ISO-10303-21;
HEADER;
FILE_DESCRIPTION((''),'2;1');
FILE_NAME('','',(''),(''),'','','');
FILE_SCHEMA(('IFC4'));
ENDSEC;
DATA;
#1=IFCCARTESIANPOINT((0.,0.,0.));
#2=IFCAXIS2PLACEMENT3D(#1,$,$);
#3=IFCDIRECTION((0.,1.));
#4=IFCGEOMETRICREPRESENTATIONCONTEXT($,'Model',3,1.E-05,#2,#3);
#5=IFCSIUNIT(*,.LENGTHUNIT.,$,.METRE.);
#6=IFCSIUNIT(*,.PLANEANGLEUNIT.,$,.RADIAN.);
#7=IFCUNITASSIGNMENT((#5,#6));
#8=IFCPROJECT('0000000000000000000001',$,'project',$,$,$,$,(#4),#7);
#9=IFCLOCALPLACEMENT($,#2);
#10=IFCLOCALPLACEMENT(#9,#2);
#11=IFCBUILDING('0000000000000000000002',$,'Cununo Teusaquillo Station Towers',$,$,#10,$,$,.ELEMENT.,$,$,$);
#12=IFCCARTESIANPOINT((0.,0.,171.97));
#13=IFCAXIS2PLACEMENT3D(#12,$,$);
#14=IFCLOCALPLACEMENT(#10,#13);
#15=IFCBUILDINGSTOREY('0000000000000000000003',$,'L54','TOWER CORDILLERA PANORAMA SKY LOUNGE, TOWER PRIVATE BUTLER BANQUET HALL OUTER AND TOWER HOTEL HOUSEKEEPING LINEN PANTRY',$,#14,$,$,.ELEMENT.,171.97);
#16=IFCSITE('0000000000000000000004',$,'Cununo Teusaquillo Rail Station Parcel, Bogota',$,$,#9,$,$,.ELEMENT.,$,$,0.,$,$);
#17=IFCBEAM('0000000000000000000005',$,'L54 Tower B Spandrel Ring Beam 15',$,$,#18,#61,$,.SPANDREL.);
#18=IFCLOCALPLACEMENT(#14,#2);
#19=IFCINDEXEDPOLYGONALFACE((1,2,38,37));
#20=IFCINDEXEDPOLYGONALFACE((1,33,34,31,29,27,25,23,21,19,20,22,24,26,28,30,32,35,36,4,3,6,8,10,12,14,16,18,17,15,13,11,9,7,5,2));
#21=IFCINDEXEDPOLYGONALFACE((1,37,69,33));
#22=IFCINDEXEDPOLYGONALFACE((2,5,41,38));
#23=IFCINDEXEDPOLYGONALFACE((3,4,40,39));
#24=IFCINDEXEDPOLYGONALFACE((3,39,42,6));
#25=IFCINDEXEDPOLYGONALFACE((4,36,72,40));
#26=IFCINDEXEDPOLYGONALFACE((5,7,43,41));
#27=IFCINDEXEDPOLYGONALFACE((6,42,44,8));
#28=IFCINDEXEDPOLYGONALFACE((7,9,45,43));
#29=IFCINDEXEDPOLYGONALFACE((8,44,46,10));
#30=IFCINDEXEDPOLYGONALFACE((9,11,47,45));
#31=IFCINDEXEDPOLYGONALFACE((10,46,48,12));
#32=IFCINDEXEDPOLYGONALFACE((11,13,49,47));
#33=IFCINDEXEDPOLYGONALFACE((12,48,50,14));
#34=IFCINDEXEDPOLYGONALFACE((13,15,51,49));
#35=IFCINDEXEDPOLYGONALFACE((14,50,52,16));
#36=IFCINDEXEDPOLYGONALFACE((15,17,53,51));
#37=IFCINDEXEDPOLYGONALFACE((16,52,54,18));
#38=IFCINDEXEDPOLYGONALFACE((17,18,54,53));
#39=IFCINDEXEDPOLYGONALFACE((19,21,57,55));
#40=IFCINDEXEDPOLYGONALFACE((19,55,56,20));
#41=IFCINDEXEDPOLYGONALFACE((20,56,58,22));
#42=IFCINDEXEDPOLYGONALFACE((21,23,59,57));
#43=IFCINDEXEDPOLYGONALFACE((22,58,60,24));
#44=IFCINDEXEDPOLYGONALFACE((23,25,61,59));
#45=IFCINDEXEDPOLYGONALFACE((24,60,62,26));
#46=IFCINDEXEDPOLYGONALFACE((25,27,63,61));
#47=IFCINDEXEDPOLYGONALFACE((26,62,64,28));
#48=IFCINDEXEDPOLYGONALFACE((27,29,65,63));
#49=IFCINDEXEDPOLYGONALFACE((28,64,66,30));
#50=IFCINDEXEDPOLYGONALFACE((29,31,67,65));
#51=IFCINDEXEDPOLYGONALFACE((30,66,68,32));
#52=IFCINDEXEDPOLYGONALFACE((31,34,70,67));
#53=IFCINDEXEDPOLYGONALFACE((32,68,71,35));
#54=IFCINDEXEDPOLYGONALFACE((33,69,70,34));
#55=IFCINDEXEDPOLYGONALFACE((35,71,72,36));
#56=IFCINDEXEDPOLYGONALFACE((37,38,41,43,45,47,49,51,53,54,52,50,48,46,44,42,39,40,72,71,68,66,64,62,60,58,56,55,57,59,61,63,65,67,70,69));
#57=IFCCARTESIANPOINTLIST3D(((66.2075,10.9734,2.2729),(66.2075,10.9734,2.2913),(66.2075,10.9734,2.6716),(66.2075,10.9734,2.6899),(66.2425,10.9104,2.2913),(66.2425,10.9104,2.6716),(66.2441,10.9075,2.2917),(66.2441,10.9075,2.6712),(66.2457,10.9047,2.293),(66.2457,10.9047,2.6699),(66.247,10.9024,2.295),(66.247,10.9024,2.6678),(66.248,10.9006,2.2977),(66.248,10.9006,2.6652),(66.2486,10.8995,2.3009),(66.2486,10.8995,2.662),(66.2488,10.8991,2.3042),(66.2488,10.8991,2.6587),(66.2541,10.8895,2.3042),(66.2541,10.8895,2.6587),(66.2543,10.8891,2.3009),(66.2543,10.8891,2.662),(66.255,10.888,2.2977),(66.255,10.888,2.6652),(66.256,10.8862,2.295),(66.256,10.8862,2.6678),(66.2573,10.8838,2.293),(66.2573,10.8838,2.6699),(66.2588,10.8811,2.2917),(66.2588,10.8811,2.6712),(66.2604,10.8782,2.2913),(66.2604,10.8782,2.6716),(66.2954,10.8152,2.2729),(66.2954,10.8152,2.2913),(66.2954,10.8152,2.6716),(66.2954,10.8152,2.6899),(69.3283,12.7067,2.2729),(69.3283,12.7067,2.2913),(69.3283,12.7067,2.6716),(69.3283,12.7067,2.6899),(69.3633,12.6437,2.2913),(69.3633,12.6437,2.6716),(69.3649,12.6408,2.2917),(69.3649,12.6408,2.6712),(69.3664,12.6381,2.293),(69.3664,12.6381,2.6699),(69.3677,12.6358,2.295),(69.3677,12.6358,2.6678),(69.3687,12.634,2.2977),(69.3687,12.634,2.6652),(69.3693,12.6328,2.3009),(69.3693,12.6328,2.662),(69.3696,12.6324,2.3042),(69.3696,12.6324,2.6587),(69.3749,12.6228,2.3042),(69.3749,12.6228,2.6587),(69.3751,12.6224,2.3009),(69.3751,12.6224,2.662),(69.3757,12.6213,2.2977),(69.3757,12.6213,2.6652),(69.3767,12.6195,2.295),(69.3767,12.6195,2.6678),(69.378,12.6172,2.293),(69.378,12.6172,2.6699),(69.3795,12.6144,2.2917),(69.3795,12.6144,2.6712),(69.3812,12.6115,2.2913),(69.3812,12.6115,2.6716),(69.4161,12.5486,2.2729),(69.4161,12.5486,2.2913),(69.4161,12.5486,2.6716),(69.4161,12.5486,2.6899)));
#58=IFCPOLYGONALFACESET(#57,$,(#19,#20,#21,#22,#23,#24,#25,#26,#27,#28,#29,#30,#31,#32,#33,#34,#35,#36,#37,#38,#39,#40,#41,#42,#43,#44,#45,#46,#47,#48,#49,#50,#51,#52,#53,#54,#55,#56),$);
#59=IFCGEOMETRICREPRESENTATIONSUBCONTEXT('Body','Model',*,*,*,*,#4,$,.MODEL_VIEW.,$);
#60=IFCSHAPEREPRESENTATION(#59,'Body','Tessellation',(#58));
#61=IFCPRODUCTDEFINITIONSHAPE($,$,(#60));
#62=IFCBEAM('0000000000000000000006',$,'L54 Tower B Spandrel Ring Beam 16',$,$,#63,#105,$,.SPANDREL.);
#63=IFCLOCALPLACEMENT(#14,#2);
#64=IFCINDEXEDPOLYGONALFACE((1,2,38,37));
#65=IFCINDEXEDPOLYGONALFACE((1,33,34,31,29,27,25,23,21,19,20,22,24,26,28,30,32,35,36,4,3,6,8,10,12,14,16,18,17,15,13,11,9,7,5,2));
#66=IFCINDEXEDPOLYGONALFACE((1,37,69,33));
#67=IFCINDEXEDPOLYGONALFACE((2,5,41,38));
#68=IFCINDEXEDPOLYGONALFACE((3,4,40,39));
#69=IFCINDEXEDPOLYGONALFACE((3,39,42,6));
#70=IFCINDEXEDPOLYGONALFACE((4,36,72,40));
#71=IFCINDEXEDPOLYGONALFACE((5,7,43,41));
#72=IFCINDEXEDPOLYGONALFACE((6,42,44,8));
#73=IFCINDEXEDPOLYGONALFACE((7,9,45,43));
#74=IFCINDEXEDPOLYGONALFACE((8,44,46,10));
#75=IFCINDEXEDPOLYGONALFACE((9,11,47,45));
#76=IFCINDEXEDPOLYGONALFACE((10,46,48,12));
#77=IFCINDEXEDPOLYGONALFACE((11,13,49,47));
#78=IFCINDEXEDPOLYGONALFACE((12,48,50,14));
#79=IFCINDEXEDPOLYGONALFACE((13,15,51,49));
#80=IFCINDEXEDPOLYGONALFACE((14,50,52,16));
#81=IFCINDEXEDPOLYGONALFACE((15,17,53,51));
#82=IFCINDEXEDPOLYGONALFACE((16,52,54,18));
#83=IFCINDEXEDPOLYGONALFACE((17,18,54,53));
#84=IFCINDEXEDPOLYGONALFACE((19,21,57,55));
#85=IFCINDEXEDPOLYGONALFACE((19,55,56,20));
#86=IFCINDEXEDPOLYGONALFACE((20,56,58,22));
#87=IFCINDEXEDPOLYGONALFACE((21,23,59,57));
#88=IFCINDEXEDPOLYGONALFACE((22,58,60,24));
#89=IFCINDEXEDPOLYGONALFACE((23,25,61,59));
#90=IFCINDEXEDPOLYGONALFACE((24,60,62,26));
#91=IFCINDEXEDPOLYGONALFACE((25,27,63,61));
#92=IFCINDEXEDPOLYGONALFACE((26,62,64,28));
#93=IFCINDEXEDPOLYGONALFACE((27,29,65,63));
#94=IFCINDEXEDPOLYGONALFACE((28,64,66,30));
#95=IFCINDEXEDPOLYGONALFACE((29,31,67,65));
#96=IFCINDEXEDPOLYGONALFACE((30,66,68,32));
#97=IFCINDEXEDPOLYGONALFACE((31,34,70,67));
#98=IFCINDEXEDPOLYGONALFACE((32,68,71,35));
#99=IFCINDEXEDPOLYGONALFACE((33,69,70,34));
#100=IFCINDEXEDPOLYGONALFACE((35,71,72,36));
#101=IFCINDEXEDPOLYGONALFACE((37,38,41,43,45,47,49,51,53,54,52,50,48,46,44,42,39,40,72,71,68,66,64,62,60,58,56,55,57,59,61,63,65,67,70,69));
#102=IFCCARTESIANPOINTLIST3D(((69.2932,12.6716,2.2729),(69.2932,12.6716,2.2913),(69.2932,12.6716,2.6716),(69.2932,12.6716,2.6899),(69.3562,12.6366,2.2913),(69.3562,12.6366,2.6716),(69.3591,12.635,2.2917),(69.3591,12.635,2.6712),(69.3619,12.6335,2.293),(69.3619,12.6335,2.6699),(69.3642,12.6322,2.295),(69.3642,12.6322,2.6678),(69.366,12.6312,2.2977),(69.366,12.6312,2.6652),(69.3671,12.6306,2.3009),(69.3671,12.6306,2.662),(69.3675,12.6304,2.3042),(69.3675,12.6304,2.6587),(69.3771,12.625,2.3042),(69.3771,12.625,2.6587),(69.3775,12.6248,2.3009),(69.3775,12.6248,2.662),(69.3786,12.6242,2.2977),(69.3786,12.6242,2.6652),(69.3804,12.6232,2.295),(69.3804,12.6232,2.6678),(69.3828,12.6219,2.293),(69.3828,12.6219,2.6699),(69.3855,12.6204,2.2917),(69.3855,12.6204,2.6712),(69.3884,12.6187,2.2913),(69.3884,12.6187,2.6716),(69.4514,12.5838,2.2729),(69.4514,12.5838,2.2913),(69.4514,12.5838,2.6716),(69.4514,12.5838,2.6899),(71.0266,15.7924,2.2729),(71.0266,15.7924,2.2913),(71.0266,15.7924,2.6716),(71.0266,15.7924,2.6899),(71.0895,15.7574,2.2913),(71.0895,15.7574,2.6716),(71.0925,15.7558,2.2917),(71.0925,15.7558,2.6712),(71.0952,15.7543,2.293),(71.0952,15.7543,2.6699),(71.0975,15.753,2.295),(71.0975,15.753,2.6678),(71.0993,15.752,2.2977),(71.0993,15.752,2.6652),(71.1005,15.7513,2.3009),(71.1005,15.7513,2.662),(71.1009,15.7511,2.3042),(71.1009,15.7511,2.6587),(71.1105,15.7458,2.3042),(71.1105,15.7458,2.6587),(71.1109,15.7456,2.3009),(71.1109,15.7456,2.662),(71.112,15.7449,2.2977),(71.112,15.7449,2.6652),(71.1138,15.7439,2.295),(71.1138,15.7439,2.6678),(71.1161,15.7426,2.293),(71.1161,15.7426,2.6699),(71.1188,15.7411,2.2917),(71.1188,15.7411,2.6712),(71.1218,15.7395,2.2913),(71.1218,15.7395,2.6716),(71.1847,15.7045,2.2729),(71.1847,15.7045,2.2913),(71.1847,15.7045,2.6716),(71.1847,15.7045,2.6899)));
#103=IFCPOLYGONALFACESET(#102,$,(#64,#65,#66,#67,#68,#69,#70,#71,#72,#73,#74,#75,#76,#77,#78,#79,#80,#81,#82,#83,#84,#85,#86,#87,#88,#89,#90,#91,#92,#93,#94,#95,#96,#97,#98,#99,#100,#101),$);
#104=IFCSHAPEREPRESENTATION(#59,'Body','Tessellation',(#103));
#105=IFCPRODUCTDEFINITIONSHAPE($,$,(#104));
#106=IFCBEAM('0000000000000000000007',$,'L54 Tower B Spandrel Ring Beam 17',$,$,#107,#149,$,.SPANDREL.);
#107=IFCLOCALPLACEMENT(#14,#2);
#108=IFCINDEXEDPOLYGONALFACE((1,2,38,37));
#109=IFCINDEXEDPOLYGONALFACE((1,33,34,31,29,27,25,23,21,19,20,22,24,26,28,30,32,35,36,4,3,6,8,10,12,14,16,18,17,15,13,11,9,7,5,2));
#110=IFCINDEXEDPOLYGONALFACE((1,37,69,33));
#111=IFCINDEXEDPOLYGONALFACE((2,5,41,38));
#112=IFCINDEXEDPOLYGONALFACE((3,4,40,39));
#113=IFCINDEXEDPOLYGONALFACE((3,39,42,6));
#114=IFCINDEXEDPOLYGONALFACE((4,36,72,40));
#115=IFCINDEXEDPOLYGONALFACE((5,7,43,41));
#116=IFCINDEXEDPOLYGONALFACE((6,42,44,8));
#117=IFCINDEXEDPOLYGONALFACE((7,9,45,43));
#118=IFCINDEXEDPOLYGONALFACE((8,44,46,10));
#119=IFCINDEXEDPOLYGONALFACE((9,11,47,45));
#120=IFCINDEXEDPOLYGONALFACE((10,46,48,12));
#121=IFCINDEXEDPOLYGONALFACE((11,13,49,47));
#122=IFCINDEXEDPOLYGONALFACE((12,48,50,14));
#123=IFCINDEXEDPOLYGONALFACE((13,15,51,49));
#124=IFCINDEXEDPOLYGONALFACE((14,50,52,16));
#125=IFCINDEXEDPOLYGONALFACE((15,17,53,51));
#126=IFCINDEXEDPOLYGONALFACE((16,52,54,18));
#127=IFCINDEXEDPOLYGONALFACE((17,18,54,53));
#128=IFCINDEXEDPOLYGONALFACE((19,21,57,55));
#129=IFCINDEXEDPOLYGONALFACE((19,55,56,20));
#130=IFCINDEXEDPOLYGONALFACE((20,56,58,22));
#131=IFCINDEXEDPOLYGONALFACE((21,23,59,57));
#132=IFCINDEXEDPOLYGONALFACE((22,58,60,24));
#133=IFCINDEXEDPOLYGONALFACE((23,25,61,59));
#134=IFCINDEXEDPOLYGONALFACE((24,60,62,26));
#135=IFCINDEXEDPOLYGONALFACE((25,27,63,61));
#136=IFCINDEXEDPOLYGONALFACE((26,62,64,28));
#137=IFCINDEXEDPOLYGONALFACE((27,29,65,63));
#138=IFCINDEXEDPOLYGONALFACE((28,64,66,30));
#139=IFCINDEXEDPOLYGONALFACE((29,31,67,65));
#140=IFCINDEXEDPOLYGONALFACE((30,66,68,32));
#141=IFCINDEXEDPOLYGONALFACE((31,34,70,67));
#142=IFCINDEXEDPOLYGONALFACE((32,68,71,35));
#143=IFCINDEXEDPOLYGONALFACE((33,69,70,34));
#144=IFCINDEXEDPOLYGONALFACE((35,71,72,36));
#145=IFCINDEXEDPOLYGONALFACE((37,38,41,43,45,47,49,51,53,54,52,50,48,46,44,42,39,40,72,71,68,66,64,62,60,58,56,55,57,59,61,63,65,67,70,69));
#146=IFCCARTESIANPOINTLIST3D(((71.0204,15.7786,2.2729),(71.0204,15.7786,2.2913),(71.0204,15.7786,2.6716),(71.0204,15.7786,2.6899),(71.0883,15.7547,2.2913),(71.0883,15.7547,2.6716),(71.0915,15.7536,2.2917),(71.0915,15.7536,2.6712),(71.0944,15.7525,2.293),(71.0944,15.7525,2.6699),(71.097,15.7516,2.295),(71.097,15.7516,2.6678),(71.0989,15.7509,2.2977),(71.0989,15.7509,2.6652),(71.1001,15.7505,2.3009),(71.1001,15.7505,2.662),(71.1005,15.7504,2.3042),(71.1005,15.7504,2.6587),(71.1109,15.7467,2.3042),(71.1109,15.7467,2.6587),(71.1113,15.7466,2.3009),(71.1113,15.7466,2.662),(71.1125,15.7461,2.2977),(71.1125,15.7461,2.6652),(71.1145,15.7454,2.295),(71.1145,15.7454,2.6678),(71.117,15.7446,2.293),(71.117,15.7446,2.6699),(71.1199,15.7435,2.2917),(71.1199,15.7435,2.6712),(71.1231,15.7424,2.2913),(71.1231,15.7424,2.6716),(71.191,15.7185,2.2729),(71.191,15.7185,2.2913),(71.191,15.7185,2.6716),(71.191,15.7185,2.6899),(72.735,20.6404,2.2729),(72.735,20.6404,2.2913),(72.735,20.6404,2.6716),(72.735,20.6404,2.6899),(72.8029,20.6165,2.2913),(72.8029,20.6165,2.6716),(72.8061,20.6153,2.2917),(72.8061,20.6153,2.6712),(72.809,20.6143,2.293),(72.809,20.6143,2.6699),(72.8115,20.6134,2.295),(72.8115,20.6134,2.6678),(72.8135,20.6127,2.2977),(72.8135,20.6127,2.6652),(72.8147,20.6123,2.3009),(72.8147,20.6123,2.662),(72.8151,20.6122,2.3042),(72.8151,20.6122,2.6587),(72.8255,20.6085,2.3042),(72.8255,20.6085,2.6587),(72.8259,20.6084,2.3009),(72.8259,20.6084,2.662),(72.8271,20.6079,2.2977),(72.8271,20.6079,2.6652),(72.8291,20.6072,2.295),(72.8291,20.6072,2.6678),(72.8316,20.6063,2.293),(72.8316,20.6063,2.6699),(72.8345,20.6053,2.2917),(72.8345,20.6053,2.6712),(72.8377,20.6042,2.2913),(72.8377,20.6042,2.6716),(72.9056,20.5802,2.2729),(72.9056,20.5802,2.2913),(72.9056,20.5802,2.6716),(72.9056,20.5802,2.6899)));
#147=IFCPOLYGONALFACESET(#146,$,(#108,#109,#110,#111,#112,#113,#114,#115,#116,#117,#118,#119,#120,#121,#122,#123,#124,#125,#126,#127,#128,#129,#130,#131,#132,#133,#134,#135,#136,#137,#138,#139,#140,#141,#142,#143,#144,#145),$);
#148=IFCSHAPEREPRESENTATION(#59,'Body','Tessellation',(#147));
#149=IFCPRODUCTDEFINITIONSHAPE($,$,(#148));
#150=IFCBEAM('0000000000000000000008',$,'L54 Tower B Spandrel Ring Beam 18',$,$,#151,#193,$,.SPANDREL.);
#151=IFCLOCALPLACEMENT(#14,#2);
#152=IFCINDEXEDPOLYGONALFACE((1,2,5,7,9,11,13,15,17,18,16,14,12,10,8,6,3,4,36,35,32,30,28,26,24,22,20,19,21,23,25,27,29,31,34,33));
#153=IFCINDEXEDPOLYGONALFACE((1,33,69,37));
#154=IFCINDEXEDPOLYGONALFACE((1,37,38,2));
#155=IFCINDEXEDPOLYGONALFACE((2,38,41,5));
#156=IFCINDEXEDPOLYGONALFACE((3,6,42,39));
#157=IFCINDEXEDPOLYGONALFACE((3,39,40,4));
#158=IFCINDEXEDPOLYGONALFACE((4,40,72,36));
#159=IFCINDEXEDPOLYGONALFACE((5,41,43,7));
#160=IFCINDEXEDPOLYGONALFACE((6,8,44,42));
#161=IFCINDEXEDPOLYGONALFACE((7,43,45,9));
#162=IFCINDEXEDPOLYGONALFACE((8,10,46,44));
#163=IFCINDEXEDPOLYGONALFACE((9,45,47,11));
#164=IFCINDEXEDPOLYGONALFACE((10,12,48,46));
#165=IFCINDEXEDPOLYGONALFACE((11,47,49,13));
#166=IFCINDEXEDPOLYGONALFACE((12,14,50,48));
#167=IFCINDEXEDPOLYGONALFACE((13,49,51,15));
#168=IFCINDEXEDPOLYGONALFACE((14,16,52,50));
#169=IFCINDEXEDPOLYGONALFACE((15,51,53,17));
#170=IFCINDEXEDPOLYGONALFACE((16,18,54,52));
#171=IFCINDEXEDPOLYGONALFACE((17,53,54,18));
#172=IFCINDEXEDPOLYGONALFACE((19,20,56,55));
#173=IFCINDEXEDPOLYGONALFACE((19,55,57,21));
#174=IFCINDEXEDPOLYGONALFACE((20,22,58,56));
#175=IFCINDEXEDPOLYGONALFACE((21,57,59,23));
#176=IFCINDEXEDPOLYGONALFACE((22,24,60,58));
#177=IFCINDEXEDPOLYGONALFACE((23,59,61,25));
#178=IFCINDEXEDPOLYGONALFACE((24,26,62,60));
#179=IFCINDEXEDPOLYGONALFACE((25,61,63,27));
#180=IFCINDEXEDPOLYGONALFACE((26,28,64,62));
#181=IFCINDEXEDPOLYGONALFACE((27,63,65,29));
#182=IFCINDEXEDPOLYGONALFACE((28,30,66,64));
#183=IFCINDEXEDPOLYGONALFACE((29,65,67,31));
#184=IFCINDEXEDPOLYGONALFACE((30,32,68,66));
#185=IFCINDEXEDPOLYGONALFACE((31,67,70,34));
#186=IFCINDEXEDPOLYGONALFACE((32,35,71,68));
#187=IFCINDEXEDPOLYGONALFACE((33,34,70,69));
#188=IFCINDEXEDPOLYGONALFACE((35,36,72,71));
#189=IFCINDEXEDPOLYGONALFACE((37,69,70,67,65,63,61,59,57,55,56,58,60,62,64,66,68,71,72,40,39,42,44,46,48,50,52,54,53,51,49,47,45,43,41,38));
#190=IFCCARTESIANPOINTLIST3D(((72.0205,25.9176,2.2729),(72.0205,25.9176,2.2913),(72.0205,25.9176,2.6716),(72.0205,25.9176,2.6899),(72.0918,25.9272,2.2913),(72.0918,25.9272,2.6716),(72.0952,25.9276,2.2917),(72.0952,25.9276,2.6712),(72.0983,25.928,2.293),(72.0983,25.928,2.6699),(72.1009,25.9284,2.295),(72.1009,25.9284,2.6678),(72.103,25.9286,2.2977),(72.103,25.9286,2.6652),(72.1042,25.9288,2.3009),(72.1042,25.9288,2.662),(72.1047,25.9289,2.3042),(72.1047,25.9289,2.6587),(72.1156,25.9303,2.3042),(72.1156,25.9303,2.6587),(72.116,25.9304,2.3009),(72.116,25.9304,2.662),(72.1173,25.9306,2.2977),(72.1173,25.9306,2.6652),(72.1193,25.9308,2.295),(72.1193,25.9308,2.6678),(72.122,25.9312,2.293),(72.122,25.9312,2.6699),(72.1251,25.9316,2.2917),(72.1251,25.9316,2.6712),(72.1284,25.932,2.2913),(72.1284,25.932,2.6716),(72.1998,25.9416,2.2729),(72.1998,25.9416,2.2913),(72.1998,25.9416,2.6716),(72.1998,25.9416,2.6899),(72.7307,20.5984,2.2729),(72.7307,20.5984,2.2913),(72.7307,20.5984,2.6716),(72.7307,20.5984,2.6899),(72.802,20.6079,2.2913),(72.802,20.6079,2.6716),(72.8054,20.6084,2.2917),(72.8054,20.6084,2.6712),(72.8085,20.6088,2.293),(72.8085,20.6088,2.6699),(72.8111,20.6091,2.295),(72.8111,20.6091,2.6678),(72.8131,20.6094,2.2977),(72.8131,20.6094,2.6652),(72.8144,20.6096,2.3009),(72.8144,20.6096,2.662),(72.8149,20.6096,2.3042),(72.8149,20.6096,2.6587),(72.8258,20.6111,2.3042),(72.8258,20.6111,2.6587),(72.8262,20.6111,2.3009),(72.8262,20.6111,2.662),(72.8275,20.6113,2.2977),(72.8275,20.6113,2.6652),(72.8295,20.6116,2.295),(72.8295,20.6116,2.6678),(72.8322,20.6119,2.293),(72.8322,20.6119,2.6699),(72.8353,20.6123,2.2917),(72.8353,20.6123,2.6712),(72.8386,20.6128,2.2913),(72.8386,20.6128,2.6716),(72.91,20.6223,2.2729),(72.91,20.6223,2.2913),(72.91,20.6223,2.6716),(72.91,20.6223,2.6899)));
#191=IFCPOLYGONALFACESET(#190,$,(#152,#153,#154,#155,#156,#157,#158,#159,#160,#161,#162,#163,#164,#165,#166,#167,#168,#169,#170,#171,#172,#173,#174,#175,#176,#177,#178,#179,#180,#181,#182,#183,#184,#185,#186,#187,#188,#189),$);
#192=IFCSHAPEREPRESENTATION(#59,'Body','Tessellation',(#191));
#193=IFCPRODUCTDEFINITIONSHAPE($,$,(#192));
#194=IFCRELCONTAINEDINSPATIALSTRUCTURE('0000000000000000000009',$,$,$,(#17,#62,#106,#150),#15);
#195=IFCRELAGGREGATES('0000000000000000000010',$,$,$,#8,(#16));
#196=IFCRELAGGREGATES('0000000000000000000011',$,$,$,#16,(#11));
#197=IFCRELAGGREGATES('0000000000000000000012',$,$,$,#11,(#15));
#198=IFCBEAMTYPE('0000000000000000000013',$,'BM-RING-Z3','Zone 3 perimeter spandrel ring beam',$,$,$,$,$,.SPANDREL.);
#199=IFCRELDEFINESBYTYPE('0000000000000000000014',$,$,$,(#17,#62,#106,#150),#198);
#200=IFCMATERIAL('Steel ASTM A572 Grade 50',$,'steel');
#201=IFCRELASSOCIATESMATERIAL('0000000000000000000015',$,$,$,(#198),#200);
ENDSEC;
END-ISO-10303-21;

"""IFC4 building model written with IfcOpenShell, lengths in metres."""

from ifc_helpers import new_model, si_unit, direction, frame, origin, origin_2d, place, context, subcontext, project, spatial, i_section, extrude, material, material_profile, profile_set, type_object, element, save


model = new_model("IFC4")

# Units and contexts
model_context = context("Model", 3, precision=1e-05, world=origin(), true_north=direction((0.0, 1.0)))
body_context = subcontext(model_context, "Body", "Model", "MODEL_VIEW")
ifc_project = project(units=[si_unit("LENGTHUNIT", "METRE"), si_unit("PLANEANGLEUNIT", "RADIAN")], contexts=[model_context])

# Site, building, storey
site_placement = place(None, origin())
site = spatial("IfcSite", under=ifc_project, at=site_placement, Name="Cununo Teusaquillo Rail Station Parcel, Bogota", CompositionType="ELEMENT", RefElevation=0.0)
building_placement = place(site_placement, origin())
building = spatial("IfcBuilding", under=site, at=building_placement, Name="Cununo Teusaquillo Station Towers", CompositionType="ELEMENT")
storey_placement = place(building_placement, frame((0.0, 0.0, 171.97)))
storey = spatial("IfcBuildingStorey", under=building, at=storey_placement, Name="L54", Description="TOWER CORDILLERA PANORAMA SKY LOUNGE, TOWER PRIVATE BUTLER BANQUET HALL OUTER AND TOWER HOTEL HOUSEKEEPING LINEN PANTRY", CompositionType="ELEMENT", Elevation=171.97)

# Beams
ifc_material_1 = material(Name="Steel ASTM A572 Grade 50", Category="steel")
ifc_material_profile_1 = material_profile(ifc_material_1, i_section(OverallWidth=0.1809, OverallDepth=0.417, WebThickness=0.011, FlangeThickness=0.0183, FilletRadius=0.0129, at=origin_2d()), Name="W16X57")
ifc_profile_set_1 = profile_set([ifc_material_profile_1], Name="Steel ASTM A572 Grade 50")
beam_type_1 = type_object("IfcBeamType", Name="BM-RING-Z3", Description="Zone 3 perimeter spandrel ring beam", PredefinedType="SPANDREL", material=ifc_profile_set_1)
for number, where, z_axis, x_axis, name in (
    (1, (66.2515, 10.8943, 2.4814), (0.874206, 0.485556, 0.0), (-0.485556, 0.874206, 0.0), "L54 Tower B Spandrel Ring Beam 15"),
    (2, (69.3723, 12.6277, 2.4814), (0.485556, 0.874206, 0.0), (-0.874206, 0.485556, 0.0), "L54 Tower B Spandrel Ring Beam 16"),
):
    element("IfcBeam", number, at=place(storey_placement, frame(where, z_axis=z_axis, x_axis=x_axis)), inside=storey, type_object=beam_type_1, Name=name, PredefinedType="SPANDREL", context=body_context, shape_type="SweptSolid", body=[
        extrude(i_section(OverallWidth=0.1809, OverallDepth=0.417, WebThickness=0.011, FlangeThickness=0.0183, FilletRadius=0.0129, at=origin_2d()), origin(), (0.0, 0.0, 1.0), 3.5698),
    ])
beam_1_placement = place(storey_placement, frame((71.1057, 15.7485, 2.4814), z_axis=(0.33259, 0.943072, 0.0), x_axis=(-0.943072, 0.33259, 0.0)))
element("IfcBeam", 3, at=beam_1_placement, inside=storey, type_object=beam_type_1, Name="L54 Tower B Spandrel Ring Beam 17", PredefinedType="SPANDREL", context=body_context, shape_type="SweptSolid", body=[
    extrude(i_section(OverallWidth=0.1809, OverallDepth=0.417, WebThickness=0.011, FlangeThickness=0.0183, FilletRadius=0.0129, at=origin_2d()), origin(), (0.0, 0.0, 1.0), 5.1553),
])
beam_2_placement = place(storey_placement, frame((72.8203, 20.6104, 2.4814), z_axis=(-0.13234, 0.991204, 0.0), x_axis=(-0.991204, -0.13234, 0.0)))
element("IfcBeam", 4, at=beam_2_placement, inside=storey, type_object=beam_type_1, Name="L54 Tower B Spandrel Ring Beam 18", PredefinedType="SPANDREL", context=body_context, shape_type="SweptSolid", body=[
    extrude(i_section(OverallWidth=0.1809, OverallDepth=0.417, WebThickness=0.011, FlangeThickness=0.0183, FilletRadius=0.0129, at=origin_2d()), origin(), (0.0, 0.0, 1.0), 5.3665),
])

save(model, "model.ifc")
